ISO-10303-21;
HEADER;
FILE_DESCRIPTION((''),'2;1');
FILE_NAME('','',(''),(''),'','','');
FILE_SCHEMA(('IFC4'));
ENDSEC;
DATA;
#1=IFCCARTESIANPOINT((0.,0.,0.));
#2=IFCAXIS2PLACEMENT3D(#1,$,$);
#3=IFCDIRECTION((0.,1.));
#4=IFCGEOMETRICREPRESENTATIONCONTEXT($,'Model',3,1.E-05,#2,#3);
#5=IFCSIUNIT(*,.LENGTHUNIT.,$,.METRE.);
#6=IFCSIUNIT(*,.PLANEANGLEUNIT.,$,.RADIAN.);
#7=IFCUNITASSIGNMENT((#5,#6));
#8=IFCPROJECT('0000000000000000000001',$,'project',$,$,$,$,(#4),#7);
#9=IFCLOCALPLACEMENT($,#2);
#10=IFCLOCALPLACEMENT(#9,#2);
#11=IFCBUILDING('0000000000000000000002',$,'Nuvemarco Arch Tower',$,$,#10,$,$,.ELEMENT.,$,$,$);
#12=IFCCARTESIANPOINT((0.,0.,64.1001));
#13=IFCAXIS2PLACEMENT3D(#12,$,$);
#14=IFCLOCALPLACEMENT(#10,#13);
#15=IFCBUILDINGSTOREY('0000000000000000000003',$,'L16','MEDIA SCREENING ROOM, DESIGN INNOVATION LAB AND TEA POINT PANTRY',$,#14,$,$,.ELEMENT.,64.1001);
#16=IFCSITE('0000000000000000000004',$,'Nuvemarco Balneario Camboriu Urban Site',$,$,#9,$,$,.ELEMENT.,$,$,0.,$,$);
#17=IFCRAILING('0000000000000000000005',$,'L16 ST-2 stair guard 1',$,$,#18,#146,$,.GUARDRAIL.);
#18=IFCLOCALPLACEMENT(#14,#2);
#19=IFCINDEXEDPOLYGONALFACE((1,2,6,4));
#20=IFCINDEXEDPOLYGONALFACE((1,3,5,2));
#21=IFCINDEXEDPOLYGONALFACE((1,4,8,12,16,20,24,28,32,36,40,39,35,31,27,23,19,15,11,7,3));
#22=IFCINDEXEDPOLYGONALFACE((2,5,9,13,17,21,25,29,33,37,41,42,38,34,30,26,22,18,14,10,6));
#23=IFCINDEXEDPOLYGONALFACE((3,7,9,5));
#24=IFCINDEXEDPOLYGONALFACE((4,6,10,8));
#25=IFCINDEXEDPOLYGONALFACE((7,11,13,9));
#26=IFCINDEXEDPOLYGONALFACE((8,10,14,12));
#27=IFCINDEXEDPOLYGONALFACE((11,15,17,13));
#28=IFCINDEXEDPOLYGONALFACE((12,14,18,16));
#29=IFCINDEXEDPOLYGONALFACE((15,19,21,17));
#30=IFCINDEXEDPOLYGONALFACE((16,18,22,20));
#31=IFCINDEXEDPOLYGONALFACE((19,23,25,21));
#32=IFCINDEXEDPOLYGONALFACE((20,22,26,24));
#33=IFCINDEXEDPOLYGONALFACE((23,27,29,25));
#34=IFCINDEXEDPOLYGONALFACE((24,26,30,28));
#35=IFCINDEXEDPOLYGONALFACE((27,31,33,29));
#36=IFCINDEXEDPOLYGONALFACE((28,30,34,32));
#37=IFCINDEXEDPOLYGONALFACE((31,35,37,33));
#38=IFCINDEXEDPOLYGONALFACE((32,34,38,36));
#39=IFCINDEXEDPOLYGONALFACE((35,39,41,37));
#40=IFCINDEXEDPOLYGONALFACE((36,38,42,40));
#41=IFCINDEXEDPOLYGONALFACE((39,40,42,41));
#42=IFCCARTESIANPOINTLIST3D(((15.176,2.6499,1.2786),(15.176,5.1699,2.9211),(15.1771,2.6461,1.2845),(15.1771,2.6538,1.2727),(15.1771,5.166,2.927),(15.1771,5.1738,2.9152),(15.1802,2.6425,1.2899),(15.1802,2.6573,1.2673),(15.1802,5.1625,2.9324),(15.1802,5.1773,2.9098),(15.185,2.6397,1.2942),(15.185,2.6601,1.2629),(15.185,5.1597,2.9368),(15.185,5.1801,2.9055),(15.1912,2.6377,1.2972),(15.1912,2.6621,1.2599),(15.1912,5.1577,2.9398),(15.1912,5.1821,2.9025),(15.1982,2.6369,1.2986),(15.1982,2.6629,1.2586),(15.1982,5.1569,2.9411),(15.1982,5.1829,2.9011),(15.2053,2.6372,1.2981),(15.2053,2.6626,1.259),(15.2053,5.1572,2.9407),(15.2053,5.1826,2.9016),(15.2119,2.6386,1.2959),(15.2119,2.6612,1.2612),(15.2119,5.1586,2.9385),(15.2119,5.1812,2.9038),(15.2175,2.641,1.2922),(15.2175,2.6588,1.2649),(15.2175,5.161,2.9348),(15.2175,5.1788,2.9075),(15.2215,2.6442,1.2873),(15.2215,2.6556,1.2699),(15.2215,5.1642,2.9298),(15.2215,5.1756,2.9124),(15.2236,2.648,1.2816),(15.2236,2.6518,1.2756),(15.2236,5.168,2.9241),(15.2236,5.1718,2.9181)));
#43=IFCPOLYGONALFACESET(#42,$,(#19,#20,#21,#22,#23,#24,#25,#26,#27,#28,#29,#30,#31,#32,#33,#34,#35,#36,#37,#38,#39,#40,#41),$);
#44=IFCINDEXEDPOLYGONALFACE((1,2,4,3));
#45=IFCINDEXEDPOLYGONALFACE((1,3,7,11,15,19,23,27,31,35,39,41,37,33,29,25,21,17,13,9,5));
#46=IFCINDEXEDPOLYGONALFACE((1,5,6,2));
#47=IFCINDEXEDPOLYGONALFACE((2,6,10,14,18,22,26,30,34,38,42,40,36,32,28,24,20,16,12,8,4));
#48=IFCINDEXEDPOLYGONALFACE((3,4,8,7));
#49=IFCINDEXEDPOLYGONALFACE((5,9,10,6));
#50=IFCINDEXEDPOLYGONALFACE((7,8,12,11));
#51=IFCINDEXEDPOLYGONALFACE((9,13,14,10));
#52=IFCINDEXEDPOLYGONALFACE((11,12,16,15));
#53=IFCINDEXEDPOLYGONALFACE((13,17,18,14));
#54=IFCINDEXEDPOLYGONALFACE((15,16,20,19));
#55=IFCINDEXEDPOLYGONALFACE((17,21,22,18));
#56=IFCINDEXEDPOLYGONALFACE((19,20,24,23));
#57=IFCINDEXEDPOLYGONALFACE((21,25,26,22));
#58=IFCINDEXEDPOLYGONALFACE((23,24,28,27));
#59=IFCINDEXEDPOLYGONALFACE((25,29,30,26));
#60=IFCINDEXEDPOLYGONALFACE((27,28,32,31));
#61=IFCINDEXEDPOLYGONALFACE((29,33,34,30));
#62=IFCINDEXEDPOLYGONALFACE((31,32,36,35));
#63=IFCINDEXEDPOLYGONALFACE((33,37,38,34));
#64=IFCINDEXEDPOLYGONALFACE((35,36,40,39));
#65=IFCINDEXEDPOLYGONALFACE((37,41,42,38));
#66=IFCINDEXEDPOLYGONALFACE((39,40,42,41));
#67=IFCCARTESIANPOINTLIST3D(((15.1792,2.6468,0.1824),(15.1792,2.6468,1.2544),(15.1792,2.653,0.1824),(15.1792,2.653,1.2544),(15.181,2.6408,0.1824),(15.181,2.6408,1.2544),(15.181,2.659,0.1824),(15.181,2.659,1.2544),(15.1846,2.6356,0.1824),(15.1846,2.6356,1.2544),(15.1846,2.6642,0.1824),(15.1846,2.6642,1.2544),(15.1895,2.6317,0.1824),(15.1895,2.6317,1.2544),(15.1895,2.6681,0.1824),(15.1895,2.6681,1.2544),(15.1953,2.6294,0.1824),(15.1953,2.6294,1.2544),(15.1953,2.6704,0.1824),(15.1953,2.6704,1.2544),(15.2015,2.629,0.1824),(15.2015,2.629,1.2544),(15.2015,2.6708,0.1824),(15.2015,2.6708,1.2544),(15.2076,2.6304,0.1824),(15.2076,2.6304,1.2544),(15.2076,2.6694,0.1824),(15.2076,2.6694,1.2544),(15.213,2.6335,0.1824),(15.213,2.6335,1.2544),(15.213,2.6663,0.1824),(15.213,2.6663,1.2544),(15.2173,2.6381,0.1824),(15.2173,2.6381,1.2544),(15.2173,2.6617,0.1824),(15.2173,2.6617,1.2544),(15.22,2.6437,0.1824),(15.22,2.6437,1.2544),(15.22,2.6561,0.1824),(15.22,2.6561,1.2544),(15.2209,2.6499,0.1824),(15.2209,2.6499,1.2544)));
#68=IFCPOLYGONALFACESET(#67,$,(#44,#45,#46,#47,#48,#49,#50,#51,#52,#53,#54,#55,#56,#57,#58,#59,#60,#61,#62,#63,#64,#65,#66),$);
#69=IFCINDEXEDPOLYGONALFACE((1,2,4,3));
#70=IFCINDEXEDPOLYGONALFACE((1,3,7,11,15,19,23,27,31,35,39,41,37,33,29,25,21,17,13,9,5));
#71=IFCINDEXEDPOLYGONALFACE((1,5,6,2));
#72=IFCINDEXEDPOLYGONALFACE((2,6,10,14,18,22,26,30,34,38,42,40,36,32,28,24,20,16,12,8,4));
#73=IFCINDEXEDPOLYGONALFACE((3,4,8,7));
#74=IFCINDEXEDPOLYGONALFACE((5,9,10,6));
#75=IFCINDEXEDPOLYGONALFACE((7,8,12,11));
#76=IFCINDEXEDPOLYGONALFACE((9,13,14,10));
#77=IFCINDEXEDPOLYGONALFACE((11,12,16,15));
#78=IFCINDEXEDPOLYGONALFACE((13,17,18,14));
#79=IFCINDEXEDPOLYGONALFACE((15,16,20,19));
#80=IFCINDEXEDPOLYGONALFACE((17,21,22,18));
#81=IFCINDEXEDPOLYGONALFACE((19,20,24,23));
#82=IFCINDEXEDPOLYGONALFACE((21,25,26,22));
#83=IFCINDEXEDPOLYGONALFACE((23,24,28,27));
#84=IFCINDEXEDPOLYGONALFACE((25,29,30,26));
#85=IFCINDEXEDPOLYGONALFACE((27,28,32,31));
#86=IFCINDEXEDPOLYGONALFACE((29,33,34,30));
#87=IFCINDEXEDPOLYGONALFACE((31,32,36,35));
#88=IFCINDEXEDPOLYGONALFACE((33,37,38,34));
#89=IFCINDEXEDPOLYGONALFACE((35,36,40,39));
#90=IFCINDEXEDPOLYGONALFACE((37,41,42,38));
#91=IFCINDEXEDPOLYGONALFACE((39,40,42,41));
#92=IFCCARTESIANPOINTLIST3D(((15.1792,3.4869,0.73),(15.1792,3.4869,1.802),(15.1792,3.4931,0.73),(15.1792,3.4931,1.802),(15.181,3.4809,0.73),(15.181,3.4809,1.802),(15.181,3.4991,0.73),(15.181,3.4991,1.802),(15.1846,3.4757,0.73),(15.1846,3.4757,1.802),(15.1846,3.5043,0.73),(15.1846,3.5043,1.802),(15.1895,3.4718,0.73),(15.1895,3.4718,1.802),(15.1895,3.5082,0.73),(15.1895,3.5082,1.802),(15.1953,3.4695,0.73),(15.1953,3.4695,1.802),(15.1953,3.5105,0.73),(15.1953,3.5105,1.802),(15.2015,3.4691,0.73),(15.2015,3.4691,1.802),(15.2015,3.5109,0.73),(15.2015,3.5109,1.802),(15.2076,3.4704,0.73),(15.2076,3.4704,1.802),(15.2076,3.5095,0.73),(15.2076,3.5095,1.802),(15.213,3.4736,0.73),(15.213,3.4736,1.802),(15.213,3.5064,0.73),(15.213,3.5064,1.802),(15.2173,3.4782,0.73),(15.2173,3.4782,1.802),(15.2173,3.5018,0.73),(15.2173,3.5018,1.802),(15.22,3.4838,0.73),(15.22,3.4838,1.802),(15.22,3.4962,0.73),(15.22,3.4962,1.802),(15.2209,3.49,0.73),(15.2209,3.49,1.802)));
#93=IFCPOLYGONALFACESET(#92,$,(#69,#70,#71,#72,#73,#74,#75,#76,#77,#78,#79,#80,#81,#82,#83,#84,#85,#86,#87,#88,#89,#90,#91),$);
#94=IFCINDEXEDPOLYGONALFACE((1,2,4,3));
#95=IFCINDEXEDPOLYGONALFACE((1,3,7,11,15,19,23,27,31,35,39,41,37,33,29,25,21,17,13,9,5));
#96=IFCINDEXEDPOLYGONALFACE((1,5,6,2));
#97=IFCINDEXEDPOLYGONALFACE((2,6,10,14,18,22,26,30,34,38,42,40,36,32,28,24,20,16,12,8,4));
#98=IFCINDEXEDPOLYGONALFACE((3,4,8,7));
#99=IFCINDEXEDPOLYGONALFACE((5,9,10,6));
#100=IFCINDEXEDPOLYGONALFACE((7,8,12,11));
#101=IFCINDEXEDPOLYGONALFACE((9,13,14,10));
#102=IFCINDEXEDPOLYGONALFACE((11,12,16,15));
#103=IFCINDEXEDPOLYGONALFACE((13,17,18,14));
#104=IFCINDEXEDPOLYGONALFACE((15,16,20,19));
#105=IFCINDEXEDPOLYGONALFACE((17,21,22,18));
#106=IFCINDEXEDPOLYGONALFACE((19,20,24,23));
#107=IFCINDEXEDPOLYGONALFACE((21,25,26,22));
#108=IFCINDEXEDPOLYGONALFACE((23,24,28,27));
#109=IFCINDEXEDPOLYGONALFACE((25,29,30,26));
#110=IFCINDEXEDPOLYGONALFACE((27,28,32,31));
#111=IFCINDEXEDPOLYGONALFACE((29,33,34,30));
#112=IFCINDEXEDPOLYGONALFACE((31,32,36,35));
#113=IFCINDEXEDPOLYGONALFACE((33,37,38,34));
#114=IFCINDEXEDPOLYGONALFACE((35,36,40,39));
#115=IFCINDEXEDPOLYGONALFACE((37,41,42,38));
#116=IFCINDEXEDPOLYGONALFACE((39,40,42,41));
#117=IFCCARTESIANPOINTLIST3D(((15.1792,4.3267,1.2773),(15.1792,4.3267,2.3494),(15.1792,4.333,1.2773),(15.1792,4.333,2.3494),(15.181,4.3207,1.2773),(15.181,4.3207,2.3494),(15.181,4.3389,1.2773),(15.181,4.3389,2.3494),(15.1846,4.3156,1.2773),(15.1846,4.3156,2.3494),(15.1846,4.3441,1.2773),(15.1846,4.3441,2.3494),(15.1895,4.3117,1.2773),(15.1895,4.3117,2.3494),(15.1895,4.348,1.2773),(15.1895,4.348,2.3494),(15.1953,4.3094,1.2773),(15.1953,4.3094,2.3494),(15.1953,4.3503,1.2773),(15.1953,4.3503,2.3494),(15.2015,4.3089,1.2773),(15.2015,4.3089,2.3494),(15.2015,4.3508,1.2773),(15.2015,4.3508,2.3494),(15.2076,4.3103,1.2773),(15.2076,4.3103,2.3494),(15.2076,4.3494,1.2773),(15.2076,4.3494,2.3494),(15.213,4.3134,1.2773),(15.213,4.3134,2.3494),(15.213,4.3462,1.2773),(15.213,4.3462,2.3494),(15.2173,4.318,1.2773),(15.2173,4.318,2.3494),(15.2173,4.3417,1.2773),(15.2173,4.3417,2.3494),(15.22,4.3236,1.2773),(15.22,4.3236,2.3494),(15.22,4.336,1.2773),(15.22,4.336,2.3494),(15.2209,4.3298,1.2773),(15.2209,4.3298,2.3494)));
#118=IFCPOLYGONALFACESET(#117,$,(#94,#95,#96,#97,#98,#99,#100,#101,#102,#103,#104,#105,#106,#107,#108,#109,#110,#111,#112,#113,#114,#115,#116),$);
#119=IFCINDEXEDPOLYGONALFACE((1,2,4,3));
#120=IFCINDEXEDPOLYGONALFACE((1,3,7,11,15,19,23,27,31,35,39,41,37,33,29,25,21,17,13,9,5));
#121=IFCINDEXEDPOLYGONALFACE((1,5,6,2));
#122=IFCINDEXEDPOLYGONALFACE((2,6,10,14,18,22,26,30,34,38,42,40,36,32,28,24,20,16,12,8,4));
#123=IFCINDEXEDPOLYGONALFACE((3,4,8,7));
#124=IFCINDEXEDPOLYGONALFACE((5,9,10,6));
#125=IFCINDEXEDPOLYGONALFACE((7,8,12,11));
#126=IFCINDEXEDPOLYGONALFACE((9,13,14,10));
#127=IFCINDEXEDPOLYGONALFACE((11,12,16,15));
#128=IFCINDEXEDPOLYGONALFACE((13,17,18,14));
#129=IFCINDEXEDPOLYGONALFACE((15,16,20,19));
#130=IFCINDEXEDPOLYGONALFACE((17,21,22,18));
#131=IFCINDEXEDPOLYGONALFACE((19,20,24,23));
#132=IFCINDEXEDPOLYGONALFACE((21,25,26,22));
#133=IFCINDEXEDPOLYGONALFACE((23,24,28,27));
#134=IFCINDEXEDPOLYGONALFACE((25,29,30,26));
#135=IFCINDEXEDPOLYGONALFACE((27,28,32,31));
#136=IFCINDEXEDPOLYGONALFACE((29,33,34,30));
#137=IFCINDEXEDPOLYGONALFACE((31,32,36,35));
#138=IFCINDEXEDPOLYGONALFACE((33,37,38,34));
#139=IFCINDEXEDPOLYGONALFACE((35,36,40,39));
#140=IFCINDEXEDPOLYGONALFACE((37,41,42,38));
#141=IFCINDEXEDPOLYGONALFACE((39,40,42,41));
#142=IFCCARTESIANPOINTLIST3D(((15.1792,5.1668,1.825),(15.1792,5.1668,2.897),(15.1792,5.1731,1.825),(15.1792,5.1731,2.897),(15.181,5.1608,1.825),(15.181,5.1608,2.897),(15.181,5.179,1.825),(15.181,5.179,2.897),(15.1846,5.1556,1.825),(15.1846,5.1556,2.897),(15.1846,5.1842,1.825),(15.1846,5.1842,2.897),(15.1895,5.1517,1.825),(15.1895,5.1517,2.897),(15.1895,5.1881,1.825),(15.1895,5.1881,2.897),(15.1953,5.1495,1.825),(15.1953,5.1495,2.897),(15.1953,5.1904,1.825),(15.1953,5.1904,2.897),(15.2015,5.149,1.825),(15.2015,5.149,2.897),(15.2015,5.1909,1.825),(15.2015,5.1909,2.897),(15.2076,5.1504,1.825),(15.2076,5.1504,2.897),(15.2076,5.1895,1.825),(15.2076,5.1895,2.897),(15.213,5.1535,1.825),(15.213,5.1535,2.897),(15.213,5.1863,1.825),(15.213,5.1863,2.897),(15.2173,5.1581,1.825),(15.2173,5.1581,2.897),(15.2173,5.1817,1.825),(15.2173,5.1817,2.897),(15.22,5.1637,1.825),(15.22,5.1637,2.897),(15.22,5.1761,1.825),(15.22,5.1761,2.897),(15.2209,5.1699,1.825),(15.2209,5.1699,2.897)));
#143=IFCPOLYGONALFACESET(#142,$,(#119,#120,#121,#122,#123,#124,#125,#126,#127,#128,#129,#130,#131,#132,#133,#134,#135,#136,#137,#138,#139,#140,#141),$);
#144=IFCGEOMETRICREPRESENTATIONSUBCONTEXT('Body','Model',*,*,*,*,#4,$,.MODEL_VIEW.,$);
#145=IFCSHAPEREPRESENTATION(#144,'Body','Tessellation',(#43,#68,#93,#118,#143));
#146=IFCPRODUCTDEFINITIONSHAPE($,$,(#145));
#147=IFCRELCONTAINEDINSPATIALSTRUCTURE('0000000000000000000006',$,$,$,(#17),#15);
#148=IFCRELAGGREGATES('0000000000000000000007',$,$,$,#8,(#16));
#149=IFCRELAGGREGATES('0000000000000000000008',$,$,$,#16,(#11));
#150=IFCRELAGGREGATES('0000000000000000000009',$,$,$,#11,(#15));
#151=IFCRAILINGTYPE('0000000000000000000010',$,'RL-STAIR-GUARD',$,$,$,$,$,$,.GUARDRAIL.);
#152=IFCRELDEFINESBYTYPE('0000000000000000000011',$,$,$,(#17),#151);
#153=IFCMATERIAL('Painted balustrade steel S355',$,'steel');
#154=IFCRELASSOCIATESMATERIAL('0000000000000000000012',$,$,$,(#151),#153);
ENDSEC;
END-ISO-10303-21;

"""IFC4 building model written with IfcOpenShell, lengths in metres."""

from ifc_helpers import new_model, si_unit, direction, frame, origin, origin_2d, place, context, subcontext, project, spatial, circle, extrude, material, type_object, element, save


model = new_model("IFC4")

# Units and contexts
model_context = context("Model", 3, precision=1e-05, world=origin(), true_north=direction((0.0, 1.0)))
body_context = subcontext(model_context, "Body", "Model", "MODEL_VIEW")
ifc_project = project(units=[si_unit("LENGTHUNIT", "METRE"), si_unit("PLANEANGLEUNIT", "RADIAN")], contexts=[model_context])

# Site, building, storey
site_placement = place(None, origin())
site = spatial("IfcSite", under=ifc_project, at=site_placement, Name="Nuvemarco Balneario Camboriu Urban Site", CompositionType="ELEMENT", RefElevation=0.0)
building_placement = place(site_placement, origin())
building = spatial("IfcBuilding", under=site, at=building_placement, Name="Nuvemarco Arch Tower", CompositionType="ELEMENT")
storey_placement = place(building_placement, frame((0.0, 0.0, 64.1001)))
storey = spatial("IfcBuildingStorey", under=building, at=storey_placement, Name="L16", Description="MEDIA SCREENING ROOM, DESIGN INNOVATION LAB AND TEA POINT PANTRY", CompositionType="ELEMENT", Elevation=64.1001)

# Railing
ifc_material_1 = material(Name="Painted balustrade steel S355", Category="steel")
railing_type_1 = type_object("IfcRailingType", Name="RL-STAIR-GUARD", PredefinedType="GUARDRAIL", material=ifc_material_1)
railing_1_placement = place(storey_placement, frame((15.2, 2.6499, 0.1824)))
element("IfcRailing", 1, at=railing_1_placement, inside=storey, type_object=railing_type_1, Name="L16 ST-2 stair guard 1", PredefinedType="GUARDRAIL", context=body_context, shape_type="SweptSolid", body=[
    extrude(circle(Radius=0.0239, at=origin_2d()), frame((0.0, 0.0, 1.0962), z_axis=(0.0, 0.837749, 0.546055), x_axis=(-1.0, 0.0, 0.0)), (0.0, 0.0, 1.0), 3.0081),
    extrude(circle(Radius=0.021, at=origin_2d()), origin(), (0.0, 0.0, 1.0), 1.072),
    extrude(circle(Radius=0.021, at=origin_2d()), frame((0.0, 0.8401, 0.5476)), (0.0, 0.0, 1.0), 1.072),
    extrude(circle(Radius=0.021, at=origin_2d()), frame((0.0, 1.6799, 1.095)), (0.0, 0.0, 1.0), 1.072),
    extrude(circle(Radius=0.021, at=origin_2d()), frame((0.0, 2.52, 1.6426)), (0.0, 0.0, 1.0), 1.072),
])

save(model, "model.ifc")
